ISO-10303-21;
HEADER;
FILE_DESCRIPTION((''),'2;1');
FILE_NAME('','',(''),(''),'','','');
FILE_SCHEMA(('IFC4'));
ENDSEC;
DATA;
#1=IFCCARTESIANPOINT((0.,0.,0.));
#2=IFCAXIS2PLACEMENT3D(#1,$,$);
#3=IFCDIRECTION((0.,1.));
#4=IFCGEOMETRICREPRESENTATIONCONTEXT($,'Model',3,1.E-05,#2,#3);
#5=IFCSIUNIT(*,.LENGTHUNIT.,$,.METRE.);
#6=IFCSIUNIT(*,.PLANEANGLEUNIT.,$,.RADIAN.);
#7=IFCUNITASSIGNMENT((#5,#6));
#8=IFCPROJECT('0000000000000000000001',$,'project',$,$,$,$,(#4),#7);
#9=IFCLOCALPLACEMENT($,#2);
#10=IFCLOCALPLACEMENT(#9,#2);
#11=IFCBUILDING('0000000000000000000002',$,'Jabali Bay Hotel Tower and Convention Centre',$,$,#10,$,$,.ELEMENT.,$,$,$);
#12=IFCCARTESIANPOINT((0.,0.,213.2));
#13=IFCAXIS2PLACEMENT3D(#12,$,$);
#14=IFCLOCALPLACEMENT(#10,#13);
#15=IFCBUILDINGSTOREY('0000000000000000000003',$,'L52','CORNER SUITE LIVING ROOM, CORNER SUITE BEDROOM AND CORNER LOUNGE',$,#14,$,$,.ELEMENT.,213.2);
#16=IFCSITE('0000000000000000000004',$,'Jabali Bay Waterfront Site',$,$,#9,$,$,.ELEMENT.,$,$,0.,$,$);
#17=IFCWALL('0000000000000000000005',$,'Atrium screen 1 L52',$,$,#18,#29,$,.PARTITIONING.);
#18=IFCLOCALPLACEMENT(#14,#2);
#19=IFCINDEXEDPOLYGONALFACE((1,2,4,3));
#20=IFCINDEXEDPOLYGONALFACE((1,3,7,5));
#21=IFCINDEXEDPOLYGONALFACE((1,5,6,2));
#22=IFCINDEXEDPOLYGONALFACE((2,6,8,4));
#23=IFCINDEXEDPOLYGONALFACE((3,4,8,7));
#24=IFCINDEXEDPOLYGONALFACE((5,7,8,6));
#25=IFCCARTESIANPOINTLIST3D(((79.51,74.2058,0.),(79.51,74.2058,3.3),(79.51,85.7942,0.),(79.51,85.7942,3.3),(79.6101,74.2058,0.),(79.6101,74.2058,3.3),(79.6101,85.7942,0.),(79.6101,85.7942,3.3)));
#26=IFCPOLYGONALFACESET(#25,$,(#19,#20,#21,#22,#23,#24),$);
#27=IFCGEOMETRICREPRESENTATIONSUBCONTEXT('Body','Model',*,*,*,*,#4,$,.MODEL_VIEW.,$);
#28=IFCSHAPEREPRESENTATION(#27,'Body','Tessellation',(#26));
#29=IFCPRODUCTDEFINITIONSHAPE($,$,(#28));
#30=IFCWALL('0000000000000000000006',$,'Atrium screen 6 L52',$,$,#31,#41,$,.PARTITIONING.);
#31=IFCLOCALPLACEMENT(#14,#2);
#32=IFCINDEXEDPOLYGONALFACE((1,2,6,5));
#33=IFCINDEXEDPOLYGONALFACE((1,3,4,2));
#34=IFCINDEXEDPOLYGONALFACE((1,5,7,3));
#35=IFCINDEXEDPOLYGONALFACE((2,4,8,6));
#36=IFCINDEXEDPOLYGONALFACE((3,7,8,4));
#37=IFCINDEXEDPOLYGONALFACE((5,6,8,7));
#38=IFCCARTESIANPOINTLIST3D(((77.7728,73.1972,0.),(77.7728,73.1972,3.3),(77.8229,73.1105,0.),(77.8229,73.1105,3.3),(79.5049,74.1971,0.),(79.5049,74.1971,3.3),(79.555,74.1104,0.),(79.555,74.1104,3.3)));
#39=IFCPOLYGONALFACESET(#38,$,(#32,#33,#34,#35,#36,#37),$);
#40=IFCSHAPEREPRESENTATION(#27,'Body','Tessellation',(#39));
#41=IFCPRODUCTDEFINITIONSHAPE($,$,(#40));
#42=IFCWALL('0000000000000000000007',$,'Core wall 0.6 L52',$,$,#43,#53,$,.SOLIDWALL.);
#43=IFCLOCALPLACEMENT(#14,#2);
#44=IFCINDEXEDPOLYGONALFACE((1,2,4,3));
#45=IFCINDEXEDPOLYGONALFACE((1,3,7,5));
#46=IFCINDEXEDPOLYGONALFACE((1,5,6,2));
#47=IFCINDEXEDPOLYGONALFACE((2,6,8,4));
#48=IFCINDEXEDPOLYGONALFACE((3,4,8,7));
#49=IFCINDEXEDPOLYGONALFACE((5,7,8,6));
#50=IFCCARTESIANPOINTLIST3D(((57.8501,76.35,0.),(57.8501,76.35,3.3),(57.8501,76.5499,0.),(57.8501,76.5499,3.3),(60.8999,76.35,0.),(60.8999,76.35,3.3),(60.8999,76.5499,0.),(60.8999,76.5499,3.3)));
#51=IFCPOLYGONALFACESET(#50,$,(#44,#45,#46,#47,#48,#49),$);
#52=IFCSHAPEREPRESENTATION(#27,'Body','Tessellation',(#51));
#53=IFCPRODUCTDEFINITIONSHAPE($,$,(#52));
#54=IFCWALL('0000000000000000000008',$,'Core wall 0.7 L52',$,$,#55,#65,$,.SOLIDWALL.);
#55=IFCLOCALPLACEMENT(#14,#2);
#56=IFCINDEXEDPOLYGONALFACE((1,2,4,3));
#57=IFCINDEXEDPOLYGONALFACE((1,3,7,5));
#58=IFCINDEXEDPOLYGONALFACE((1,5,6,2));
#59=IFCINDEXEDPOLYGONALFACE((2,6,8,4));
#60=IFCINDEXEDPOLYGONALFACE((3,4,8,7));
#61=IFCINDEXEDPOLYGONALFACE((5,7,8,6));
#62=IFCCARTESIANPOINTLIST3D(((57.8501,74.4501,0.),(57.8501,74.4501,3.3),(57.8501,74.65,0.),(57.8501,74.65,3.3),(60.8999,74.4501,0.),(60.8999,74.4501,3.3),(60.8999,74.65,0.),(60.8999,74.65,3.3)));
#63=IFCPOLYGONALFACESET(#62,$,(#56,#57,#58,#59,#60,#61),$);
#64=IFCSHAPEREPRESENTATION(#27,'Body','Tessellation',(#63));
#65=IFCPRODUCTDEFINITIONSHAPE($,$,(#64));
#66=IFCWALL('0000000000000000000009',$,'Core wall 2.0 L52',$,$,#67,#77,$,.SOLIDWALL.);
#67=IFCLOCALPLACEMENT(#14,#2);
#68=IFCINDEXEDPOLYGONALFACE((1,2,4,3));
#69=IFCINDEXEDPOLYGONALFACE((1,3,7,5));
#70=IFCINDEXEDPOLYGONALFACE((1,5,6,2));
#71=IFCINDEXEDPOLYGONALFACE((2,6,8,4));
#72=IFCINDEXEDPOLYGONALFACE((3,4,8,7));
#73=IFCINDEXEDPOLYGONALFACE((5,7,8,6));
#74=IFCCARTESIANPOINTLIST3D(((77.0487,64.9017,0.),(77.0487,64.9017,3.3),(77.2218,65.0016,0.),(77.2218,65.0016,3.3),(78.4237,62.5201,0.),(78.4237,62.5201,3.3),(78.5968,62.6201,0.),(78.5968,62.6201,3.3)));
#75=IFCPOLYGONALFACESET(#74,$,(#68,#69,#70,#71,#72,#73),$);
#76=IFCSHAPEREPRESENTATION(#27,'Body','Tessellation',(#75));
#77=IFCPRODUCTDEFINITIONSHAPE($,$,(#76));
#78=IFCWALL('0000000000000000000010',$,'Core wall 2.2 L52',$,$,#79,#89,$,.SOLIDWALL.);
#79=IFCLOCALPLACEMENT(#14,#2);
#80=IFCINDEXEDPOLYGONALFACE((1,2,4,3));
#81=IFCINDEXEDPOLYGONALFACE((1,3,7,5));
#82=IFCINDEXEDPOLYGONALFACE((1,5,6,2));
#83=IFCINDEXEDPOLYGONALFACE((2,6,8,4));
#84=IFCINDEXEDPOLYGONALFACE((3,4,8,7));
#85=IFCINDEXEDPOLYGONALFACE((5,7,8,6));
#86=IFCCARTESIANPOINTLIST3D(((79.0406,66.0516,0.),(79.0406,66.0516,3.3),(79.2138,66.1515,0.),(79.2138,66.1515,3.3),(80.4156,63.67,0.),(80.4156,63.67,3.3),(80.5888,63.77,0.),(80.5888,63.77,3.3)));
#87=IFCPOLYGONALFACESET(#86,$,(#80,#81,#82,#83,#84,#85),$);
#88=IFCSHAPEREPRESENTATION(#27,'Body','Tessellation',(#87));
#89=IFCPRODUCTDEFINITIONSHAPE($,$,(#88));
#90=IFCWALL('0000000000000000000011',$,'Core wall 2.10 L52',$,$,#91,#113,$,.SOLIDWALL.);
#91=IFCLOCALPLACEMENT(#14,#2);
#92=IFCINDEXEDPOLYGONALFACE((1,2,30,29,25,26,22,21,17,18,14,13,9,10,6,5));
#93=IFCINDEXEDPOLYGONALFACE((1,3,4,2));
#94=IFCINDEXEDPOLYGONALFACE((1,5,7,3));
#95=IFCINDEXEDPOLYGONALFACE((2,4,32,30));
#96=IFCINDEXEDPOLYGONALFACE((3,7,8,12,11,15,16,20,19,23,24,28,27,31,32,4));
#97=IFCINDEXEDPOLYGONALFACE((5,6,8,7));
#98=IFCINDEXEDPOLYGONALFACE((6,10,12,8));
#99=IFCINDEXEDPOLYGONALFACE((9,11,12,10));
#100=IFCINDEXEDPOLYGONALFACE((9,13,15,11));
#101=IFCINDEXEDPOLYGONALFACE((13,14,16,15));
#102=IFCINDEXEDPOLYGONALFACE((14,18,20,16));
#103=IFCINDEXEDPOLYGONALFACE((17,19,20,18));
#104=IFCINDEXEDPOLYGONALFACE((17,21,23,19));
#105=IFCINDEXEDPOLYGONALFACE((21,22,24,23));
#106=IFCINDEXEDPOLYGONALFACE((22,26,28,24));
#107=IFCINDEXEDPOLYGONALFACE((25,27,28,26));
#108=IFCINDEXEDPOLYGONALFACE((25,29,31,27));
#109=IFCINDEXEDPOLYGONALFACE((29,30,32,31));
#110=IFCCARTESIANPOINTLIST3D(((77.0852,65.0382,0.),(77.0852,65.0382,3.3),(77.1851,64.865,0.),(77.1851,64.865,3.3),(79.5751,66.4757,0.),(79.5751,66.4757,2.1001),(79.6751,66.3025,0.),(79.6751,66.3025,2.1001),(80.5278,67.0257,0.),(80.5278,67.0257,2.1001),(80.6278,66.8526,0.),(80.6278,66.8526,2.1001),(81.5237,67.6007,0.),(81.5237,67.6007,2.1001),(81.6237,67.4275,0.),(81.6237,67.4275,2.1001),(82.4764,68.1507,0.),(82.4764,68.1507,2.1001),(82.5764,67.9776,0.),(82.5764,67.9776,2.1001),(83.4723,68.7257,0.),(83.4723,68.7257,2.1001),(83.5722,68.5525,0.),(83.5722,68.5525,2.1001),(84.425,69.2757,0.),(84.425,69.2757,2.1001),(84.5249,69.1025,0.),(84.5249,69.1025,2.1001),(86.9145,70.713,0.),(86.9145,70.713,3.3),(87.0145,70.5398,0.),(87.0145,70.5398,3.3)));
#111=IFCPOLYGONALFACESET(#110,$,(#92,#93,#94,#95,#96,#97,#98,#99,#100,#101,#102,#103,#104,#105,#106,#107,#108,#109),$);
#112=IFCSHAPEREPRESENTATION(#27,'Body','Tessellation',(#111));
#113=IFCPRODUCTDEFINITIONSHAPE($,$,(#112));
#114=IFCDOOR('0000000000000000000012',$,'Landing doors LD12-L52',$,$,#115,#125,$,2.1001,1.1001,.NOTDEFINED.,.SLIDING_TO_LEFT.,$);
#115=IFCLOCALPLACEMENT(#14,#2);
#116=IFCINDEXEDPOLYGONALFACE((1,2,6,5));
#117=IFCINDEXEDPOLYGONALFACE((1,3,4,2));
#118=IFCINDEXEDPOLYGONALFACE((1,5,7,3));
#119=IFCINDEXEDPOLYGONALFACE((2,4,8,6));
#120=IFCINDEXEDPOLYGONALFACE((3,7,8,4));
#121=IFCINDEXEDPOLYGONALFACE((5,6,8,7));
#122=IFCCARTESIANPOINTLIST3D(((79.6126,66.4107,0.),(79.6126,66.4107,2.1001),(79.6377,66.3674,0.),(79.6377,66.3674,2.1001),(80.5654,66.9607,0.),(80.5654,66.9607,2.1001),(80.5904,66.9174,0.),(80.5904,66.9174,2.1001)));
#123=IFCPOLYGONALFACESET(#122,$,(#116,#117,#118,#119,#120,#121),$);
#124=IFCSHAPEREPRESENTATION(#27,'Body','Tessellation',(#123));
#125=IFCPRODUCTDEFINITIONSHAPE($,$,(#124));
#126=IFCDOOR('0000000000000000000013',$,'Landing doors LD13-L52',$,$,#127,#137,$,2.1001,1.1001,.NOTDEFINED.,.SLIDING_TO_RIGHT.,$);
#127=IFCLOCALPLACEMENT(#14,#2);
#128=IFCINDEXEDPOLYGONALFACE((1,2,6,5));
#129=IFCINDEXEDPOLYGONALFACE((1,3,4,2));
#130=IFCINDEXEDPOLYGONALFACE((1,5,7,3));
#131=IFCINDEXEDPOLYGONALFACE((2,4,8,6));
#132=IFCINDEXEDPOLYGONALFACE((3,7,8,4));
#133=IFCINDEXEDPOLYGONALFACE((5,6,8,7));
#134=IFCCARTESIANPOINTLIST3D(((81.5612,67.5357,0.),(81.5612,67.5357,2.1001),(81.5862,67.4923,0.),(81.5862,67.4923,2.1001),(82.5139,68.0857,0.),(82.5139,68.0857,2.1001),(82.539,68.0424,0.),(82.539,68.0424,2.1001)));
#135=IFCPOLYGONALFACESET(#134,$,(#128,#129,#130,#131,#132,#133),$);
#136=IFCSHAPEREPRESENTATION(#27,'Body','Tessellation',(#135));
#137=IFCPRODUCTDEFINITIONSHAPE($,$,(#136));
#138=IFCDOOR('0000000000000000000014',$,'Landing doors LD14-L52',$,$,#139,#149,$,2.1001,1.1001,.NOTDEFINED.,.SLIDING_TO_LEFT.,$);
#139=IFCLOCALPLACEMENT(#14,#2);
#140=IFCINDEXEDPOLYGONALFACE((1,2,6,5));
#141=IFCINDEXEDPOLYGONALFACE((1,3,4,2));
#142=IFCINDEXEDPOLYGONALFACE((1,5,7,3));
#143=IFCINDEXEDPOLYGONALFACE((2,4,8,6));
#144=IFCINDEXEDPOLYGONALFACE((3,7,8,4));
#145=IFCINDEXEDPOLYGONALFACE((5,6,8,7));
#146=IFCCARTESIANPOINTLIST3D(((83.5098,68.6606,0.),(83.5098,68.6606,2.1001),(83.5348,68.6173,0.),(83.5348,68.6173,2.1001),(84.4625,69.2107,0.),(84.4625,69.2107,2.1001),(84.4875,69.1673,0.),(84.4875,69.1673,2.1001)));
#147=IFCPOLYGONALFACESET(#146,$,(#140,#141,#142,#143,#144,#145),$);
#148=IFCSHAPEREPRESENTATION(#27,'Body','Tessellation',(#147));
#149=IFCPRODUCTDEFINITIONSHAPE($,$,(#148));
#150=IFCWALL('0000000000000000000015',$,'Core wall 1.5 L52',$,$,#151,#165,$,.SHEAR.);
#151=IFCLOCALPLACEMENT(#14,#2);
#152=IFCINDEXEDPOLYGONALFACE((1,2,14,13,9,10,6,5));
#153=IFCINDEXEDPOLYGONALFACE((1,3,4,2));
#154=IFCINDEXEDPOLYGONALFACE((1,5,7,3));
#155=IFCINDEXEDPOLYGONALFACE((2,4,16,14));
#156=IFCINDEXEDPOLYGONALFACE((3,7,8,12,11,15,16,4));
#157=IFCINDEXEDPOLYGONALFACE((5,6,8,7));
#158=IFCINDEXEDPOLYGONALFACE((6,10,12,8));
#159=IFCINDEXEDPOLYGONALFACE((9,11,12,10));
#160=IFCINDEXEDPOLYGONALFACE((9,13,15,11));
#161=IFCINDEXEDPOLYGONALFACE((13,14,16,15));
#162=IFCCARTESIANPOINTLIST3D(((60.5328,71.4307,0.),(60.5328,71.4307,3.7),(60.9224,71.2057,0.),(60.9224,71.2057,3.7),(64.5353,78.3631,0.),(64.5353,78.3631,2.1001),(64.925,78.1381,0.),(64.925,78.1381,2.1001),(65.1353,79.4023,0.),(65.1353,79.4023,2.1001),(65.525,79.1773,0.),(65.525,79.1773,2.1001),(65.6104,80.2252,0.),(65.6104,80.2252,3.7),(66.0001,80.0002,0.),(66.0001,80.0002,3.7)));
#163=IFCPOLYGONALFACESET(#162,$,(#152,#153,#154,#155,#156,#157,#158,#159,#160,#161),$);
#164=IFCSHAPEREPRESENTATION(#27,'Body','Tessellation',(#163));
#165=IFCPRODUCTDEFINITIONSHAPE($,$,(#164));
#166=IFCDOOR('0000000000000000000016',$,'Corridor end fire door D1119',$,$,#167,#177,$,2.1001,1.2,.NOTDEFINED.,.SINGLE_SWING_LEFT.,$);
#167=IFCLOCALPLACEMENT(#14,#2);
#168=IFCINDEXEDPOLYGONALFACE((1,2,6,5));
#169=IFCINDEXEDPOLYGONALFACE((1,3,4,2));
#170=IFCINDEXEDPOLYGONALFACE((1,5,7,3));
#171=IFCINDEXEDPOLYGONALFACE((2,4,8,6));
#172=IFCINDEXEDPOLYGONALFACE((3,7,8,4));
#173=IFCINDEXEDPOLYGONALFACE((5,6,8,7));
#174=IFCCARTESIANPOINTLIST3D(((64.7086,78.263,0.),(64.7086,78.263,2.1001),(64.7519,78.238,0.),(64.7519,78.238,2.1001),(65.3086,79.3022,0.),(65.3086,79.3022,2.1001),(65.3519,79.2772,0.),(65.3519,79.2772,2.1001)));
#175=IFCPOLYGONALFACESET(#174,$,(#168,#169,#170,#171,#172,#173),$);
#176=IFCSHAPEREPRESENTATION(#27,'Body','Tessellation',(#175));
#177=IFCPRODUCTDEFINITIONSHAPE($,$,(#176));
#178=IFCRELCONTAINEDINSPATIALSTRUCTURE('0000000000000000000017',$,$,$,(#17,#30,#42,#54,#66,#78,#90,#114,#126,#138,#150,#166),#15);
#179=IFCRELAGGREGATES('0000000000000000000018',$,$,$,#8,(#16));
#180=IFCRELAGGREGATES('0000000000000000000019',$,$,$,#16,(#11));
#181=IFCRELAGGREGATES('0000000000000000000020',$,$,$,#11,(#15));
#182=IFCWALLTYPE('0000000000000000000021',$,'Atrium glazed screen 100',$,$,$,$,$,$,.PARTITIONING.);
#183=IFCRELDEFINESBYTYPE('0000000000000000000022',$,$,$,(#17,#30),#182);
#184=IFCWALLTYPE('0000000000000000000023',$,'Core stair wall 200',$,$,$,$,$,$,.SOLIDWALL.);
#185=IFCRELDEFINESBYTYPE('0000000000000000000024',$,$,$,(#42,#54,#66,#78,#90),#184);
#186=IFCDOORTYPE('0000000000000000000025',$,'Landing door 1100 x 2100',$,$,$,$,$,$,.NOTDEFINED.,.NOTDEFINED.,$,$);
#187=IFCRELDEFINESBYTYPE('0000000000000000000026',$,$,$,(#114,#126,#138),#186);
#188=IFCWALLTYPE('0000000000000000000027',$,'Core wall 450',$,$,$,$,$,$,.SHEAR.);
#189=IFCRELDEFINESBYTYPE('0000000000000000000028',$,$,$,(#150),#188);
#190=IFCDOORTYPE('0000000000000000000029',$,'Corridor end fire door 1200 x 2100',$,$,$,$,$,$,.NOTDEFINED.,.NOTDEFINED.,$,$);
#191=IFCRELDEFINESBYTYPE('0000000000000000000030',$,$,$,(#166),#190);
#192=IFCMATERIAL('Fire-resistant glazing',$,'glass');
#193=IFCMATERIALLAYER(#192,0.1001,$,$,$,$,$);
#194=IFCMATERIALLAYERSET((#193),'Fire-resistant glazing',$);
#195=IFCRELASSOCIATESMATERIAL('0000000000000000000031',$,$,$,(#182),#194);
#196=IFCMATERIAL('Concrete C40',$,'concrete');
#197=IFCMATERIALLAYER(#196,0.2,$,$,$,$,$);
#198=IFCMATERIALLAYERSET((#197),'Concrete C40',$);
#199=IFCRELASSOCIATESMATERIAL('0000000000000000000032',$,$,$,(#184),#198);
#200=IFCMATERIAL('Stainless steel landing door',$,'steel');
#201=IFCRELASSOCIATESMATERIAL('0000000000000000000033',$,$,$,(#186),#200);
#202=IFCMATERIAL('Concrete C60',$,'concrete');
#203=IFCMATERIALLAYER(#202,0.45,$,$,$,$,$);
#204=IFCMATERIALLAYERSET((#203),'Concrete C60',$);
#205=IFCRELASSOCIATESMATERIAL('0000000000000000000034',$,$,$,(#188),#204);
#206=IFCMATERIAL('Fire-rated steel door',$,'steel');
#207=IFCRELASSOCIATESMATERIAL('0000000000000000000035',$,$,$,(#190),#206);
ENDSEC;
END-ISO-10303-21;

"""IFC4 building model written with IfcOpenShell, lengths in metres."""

from ifc_helpers import new_model, si_unit, direction, frame, frame_2d, origin, place, context, subcontext, project, spatial, rectangle, extrude, material, layer, layer_set, type_object, element, fill, save


model = new_model("IFC4")

# Units and contexts
model_context = context("Model", 3, precision=1e-05, world=origin(), true_north=direction((0.0, 1.0)))
body_context = subcontext(model_context, "Body", "Model", "MODEL_VIEW")
ifc_project = project(units=[si_unit("LENGTHUNIT", "METRE"), si_unit("PLANEANGLEUNIT", "RADIAN")], contexts=[model_context])

# Site, building, storey
site_placement = place(None, origin())
site = spatial("IfcSite", under=ifc_project, at=site_placement, Name="Jabali Bay Waterfront Site", CompositionType="ELEMENT", RefElevation=0.0)
building_placement = place(site_placement, origin())
building = spatial("IfcBuilding", under=site, at=building_placement, Name="Jabali Bay Hotel Tower and Convention Centre", CompositionType="ELEMENT")
storey_placement = place(building_placement, frame((0.0, 0.0, 213.2)))
storey = spatial("IfcBuildingStorey", under=building, at=storey_placement, Name="L52", Description="CORNER SUITE LIVING ROOM, CORNER SUITE BEDROOM AND CORNER LOUNGE", CompositionType="ELEMENT", Elevation=213.2)

# Walls
ifc_material_1 = material(Name="Fire-resistant glazing", Category="glass")
ifc_layer_1 = layer(ifc_material_1, 0.1001)
ifc_layer_set_1 = layer_set([ifc_layer_1], Name="Fire-resistant glazing")
wall_type_1 = type_object("IfcWallType", Name="Atrium glazed screen 100", PredefinedType="PARTITIONING", material=ifc_layer_set_1)
wall_1_placement = place(storey_placement, frame((79.5601, 74.2058, 0.0), z_axis=(0.0, 0.0, 1.0), x_axis=(0.0, 1.0, 0.0)))
element("IfcWall", 1, at=wall_1_placement, inside=storey, type_object=wall_type_1, Name="Atrium screen 1 L52", PredefinedType="PARTITIONING", context=body_context, shape_type="SweptSolid", body=[
    extrude(rectangle(XDim=11.5884, YDim=0.1001, at=frame_2d((5.7942, 0.0))), origin(), (0.0, 0.0, 1.0), 3.3),
])
wall_2_placement = place(storey_placement, frame((77.7979, 73.1538, 0.0), z_axis=(0.0, 0.0, 1.0), x_axis=(0.866041, 0.499973, 0.0)))
element("IfcWall", 2, at=wall_2_placement, inside=storey, type_object=wall_type_1, Name="Atrium screen 6 L52", PredefinedType="PARTITIONING", context=body_context, shape_type="SweptSolid", body=[
    extrude(rectangle(XDim=2.0, YDim=0.1001, at=frame_2d((1.0, 0.0))), origin(), (0.0, 0.0, 1.0), 3.3),
])
ifc_material_2 = material(Name="Concrete C40", Category="concrete")
ifc_layer_2 = layer(ifc_material_2, 0.2)
ifc_layer_set_2 = layer_set([ifc_layer_2], Name="Concrete C40")
wall_type_2 = type_object("IfcWallType", Name="Core stair wall 200", PredefinedType="SOLIDWALL", material=ifc_layer_set_2)
for number, where, z_axis, x_axis, name in (
    (3, (60.8999, 76.45, 0.0), (0.0, 0.0, 1.0), (-1.0, 0.0, 0.0), "Core wall 0.6 L52"),
    (4, (60.8999, 74.55, 0.0), (0.0, 0.0, 1.0), (-1.0, 0.0, 0.0), "Core wall 0.7 L52"),
):
    element("IfcWall", number, at=place(storey_placement, frame(where, z_axis=z_axis, x_axis=x_axis)), inside=storey, type_object=wall_type_2, Name=name, PredefinedType="SOLIDWALL", context=body_context, shape_type="SweptSolid", body=[
        extrude(rectangle(XDim=3.0498, YDim=0.2, at=frame_2d((1.5249, 0.0))), origin(), (0.0, 0.0, 1.0), 3.3),
    ])
for number, where, z_axis, x_axis, name in (
    (5, (77.1353, 64.9517, 0.0), (0.0, 0.0, 1.0), (0.499997, -0.866027, 0.0), "Core wall 2.0 L52"),
    (6, (79.1272, 66.1016, 0.0), (0.0, 0.0, 1.0), (0.499997, -0.866027, 0.0), "Core wall 2.2 L52"),
):
    element("IfcWall", number, at=place(storey_placement, frame(where, z_axis=z_axis, x_axis=x_axis)), inside=storey, type_object=wall_type_2, Name=name, PredefinedType="SOLIDWALL", context=body_context, shape_type="SweptSolid", body=[
        extrude(rectangle(XDim=2.75, YDim=0.2, at=frame_2d((1.375, 0.0))), origin(), (0.0, 0.0, 1.0), 3.3),
    ])

# Wall, openings, doors
wall_3_placement = place(storey_placement, frame((77.1353, 64.9517, 0.0), z_axis=(0.0, 0.0, 1.0), x_axis=(0.866032, 0.499989, 0.0)))
wall_3 = element("IfcWall", 7, at=wall_3_placement, inside=storey, type_object=wall_type_2, Name="Core wall 2.10 L52", PredefinedType="SOLIDWALL", context=body_context, shape_type="SweptSolid", body=[
    extrude(rectangle(XDim=11.3499, YDim=0.2, at=frame_2d((5.6748, 0.0))), origin(), (0.0, 0.0, 1.0), 3.3),
])
opening_1_placement = place(wall_3_placement, frame((2.875, 0.0, 0.0)))
opening_1 = element("IfcOpeningElement", 8, at=opening_1_placement, cuts=wall_3, PredefinedType="OPENING", context=body_context, shape_type="SweptSolid", body=[
    extrude(rectangle(XDim=1.1001, YDim=2.1001, at=frame_2d((0.55, 1.05))), frame((0.0, 0.1104, 0.0), z_axis=(0.0, -1.0, 0.0), x_axis=(1.0, 0.0, 0.0)), (0.0, 0.0, 1.0), 0.2209),
])
opening_2_placement = place(wall_3_placement, frame((5.125, 0.0, 0.0)))
opening_2 = element("IfcOpeningElement", 9, at=opening_2_placement, cuts=wall_3, PredefinedType="OPENING", context=body_context, shape_type="SweptSolid", body=[
    extrude(rectangle(XDim=1.1001, YDim=2.1001, at=frame_2d((0.55, 1.05))), frame((0.0, 0.1104, 0.0), z_axis=(0.0, -1.0, 0.0), x_axis=(1.0, 0.0, 0.0)), (0.0, 0.0, 1.0), 0.2209),
])
opening_3_placement = place(wall_3_placement, frame((7.375, 0.0, 0.0)))
opening_3 = element("IfcOpeningElement", 10, at=opening_3_placement, cuts=wall_3, PredefinedType="OPENING", context=body_context, shape_type="SweptSolid", body=[
    extrude(rectangle(XDim=1.1001, YDim=2.1001, at=frame_2d((0.55, 1.05))), frame((0.0, 0.1104, 0.0), z_axis=(0.0, -1.0, 0.0), x_axis=(1.0, 0.0, 0.0)), (0.0, 0.0, 1.0), 0.2209),
])
ifc_material_3 = material(Name="Stainless steel landing door", Category="steel")
door_type_1 = type_object("IfcDoorType", Name="Landing door 1100 x 2100", OperationType="NOTDEFINED", PredefinedType="NOTDEFINED", material=ifc_material_3)
door_1_placement = place(opening_1_placement, origin())
door_1 = element("IfcDoor", 11, at=door_1_placement, inside=storey, type_object=door_type_1, Name="Landing doors LD12-L52", OperationType="SLIDING_TO_LEFT", OverallHeight=2.1001, OverallWidth=1.1001, PredefinedType="NOTDEFINED", context=body_context, shape_type="SweptSolid", body=[
    extrude(rectangle(XDim=1.1001, YDim=2.1001, at=frame_2d((0.55, 1.05))), frame((0.0, 0.0249, 0.0), z_axis=(0.0, -1.0, 0.0), x_axis=(1.0, 0.0, 0.0)), (0.0, 0.0, 1.0), 0.05),
])
fill(opening_1, door_1)
door_2_placement = place(opening_2_placement, origin())
door_2 = element("IfcDoor", 12, at=door_2_placement, inside=storey, type_object=door_type_1, Name="Landing doors LD13-L52", OperationType="SLIDING_TO_RIGHT", OverallHeight=2.1001, OverallWidth=1.1001, PredefinedType="NOTDEFINED", context=body_context, shape_type="SweptSolid", body=[
    extrude(rectangle(XDim=1.1001, YDim=2.1001, at=frame_2d((0.55, 1.05))), frame((0.0, 0.0249, 0.0), z_axis=(0.0, -1.0, 0.0), x_axis=(1.0, 0.0, 0.0)), (0.0, 0.0, 1.0), 0.05),
])
fill(opening_2, door_2)
door_3_placement = place(opening_3_placement, origin())
door_3 = element("IfcDoor", 13, at=door_3_placement, inside=storey, type_object=door_type_1, Name="Landing doors LD14-L52", OperationType="SLIDING_TO_LEFT", OverallHeight=2.1001, OverallWidth=1.1001, PredefinedType="NOTDEFINED", context=body_context, shape_type="SweptSolid", body=[
    extrude(rectangle(XDim=1.1001, YDim=2.1001, at=frame_2d((0.55, 1.05))), frame((0.0, 0.0249, 0.0), z_axis=(0.0, -1.0, 0.0), x_axis=(1.0, 0.0, 0.0)), (0.0, 0.0, 1.0), 0.05),
])
fill(opening_3, door_3)

# Wall, opening, door
ifc_material_4 = material(Name="Concrete C60", Category="concrete")
ifc_layer_3 = layer(ifc_material_4, 0.45)
ifc_layer_set_3 = layer_set([ifc_layer_3], Name="Concrete C60")
wall_type_3 = type_object("IfcWallType", Name="Core wall 450", PredefinedType="SHEAR", material=ifc_layer_set_3)
wall_4_placement = place(storey_placement, frame((60.7275, 71.3181, 0.0), z_axis=(0.0, 0.0, 1.0), x_axis=(0.500012, 0.866018, 0.0)))
wall_4 = element("IfcWall", 14, at=wall_4_placement, inside=storey, type_object=wall_type_3, Name="Core wall 1.5 L52", PredefinedType="SHEAR", context=body_context, shape_type="SweptSolid", body=[
    extrude(rectangle(XDim=10.155, YDim=0.45, at=frame_2d((5.0776, 0.0))), origin(), (0.0, 0.0, 1.0), 3.7),
])
opening_4_placement = place(wall_4_placement, frame((8.0049, 0.0, 0.0)))
opening_4 = element("IfcOpeningElement", 15, at=opening_4_placement, cuts=wall_4, PredefinedType="OPENING", context=body_context, shape_type="SweptSolid", body=[
    extrude(rectangle(XDim=1.2, YDim=2.1001, at=frame_2d((0.6001, 1.05))), frame((0.0, 0.2354, 0.0), z_axis=(0.0, -1.0, 0.0), x_axis=(1.0, 0.0, 0.0)), (0.0, 0.0, 1.0), 0.4709),
])
ifc_material_5 = material(Name="Fire-rated steel door", Category="steel")
door_type_2 = type_object("IfcDoorType", Name="Corridor end fire door 1200 x 2100", OperationType="NOTDEFINED", PredefinedType="NOTDEFINED", material=ifc_material_5)
door_4_placement = place(opening_4_placement, origin())
door_4 = element("IfcDoor", 16, at=door_4_placement, inside=storey, type_object=door_type_2, Name="Corridor end fire door D1119", OperationType="SINGLE_SWING_LEFT", OverallHeight=2.1001, OverallWidth=1.2, PredefinedType="NOTDEFINED", context=body_context, shape_type="SweptSolid", body=[
    extrude(rectangle(XDim=1.2, YDim=2.1001, at=frame_2d((0.6001, 1.05))), frame((0.0, 0.0249, 0.0), z_axis=(0.0, -1.0, 0.0), x_axis=(1.0, 0.0, 0.0)), (0.0, 0.0, 1.0), 0.05),
])
fill(opening_4, door_4)

save(model, "model.ifc")
